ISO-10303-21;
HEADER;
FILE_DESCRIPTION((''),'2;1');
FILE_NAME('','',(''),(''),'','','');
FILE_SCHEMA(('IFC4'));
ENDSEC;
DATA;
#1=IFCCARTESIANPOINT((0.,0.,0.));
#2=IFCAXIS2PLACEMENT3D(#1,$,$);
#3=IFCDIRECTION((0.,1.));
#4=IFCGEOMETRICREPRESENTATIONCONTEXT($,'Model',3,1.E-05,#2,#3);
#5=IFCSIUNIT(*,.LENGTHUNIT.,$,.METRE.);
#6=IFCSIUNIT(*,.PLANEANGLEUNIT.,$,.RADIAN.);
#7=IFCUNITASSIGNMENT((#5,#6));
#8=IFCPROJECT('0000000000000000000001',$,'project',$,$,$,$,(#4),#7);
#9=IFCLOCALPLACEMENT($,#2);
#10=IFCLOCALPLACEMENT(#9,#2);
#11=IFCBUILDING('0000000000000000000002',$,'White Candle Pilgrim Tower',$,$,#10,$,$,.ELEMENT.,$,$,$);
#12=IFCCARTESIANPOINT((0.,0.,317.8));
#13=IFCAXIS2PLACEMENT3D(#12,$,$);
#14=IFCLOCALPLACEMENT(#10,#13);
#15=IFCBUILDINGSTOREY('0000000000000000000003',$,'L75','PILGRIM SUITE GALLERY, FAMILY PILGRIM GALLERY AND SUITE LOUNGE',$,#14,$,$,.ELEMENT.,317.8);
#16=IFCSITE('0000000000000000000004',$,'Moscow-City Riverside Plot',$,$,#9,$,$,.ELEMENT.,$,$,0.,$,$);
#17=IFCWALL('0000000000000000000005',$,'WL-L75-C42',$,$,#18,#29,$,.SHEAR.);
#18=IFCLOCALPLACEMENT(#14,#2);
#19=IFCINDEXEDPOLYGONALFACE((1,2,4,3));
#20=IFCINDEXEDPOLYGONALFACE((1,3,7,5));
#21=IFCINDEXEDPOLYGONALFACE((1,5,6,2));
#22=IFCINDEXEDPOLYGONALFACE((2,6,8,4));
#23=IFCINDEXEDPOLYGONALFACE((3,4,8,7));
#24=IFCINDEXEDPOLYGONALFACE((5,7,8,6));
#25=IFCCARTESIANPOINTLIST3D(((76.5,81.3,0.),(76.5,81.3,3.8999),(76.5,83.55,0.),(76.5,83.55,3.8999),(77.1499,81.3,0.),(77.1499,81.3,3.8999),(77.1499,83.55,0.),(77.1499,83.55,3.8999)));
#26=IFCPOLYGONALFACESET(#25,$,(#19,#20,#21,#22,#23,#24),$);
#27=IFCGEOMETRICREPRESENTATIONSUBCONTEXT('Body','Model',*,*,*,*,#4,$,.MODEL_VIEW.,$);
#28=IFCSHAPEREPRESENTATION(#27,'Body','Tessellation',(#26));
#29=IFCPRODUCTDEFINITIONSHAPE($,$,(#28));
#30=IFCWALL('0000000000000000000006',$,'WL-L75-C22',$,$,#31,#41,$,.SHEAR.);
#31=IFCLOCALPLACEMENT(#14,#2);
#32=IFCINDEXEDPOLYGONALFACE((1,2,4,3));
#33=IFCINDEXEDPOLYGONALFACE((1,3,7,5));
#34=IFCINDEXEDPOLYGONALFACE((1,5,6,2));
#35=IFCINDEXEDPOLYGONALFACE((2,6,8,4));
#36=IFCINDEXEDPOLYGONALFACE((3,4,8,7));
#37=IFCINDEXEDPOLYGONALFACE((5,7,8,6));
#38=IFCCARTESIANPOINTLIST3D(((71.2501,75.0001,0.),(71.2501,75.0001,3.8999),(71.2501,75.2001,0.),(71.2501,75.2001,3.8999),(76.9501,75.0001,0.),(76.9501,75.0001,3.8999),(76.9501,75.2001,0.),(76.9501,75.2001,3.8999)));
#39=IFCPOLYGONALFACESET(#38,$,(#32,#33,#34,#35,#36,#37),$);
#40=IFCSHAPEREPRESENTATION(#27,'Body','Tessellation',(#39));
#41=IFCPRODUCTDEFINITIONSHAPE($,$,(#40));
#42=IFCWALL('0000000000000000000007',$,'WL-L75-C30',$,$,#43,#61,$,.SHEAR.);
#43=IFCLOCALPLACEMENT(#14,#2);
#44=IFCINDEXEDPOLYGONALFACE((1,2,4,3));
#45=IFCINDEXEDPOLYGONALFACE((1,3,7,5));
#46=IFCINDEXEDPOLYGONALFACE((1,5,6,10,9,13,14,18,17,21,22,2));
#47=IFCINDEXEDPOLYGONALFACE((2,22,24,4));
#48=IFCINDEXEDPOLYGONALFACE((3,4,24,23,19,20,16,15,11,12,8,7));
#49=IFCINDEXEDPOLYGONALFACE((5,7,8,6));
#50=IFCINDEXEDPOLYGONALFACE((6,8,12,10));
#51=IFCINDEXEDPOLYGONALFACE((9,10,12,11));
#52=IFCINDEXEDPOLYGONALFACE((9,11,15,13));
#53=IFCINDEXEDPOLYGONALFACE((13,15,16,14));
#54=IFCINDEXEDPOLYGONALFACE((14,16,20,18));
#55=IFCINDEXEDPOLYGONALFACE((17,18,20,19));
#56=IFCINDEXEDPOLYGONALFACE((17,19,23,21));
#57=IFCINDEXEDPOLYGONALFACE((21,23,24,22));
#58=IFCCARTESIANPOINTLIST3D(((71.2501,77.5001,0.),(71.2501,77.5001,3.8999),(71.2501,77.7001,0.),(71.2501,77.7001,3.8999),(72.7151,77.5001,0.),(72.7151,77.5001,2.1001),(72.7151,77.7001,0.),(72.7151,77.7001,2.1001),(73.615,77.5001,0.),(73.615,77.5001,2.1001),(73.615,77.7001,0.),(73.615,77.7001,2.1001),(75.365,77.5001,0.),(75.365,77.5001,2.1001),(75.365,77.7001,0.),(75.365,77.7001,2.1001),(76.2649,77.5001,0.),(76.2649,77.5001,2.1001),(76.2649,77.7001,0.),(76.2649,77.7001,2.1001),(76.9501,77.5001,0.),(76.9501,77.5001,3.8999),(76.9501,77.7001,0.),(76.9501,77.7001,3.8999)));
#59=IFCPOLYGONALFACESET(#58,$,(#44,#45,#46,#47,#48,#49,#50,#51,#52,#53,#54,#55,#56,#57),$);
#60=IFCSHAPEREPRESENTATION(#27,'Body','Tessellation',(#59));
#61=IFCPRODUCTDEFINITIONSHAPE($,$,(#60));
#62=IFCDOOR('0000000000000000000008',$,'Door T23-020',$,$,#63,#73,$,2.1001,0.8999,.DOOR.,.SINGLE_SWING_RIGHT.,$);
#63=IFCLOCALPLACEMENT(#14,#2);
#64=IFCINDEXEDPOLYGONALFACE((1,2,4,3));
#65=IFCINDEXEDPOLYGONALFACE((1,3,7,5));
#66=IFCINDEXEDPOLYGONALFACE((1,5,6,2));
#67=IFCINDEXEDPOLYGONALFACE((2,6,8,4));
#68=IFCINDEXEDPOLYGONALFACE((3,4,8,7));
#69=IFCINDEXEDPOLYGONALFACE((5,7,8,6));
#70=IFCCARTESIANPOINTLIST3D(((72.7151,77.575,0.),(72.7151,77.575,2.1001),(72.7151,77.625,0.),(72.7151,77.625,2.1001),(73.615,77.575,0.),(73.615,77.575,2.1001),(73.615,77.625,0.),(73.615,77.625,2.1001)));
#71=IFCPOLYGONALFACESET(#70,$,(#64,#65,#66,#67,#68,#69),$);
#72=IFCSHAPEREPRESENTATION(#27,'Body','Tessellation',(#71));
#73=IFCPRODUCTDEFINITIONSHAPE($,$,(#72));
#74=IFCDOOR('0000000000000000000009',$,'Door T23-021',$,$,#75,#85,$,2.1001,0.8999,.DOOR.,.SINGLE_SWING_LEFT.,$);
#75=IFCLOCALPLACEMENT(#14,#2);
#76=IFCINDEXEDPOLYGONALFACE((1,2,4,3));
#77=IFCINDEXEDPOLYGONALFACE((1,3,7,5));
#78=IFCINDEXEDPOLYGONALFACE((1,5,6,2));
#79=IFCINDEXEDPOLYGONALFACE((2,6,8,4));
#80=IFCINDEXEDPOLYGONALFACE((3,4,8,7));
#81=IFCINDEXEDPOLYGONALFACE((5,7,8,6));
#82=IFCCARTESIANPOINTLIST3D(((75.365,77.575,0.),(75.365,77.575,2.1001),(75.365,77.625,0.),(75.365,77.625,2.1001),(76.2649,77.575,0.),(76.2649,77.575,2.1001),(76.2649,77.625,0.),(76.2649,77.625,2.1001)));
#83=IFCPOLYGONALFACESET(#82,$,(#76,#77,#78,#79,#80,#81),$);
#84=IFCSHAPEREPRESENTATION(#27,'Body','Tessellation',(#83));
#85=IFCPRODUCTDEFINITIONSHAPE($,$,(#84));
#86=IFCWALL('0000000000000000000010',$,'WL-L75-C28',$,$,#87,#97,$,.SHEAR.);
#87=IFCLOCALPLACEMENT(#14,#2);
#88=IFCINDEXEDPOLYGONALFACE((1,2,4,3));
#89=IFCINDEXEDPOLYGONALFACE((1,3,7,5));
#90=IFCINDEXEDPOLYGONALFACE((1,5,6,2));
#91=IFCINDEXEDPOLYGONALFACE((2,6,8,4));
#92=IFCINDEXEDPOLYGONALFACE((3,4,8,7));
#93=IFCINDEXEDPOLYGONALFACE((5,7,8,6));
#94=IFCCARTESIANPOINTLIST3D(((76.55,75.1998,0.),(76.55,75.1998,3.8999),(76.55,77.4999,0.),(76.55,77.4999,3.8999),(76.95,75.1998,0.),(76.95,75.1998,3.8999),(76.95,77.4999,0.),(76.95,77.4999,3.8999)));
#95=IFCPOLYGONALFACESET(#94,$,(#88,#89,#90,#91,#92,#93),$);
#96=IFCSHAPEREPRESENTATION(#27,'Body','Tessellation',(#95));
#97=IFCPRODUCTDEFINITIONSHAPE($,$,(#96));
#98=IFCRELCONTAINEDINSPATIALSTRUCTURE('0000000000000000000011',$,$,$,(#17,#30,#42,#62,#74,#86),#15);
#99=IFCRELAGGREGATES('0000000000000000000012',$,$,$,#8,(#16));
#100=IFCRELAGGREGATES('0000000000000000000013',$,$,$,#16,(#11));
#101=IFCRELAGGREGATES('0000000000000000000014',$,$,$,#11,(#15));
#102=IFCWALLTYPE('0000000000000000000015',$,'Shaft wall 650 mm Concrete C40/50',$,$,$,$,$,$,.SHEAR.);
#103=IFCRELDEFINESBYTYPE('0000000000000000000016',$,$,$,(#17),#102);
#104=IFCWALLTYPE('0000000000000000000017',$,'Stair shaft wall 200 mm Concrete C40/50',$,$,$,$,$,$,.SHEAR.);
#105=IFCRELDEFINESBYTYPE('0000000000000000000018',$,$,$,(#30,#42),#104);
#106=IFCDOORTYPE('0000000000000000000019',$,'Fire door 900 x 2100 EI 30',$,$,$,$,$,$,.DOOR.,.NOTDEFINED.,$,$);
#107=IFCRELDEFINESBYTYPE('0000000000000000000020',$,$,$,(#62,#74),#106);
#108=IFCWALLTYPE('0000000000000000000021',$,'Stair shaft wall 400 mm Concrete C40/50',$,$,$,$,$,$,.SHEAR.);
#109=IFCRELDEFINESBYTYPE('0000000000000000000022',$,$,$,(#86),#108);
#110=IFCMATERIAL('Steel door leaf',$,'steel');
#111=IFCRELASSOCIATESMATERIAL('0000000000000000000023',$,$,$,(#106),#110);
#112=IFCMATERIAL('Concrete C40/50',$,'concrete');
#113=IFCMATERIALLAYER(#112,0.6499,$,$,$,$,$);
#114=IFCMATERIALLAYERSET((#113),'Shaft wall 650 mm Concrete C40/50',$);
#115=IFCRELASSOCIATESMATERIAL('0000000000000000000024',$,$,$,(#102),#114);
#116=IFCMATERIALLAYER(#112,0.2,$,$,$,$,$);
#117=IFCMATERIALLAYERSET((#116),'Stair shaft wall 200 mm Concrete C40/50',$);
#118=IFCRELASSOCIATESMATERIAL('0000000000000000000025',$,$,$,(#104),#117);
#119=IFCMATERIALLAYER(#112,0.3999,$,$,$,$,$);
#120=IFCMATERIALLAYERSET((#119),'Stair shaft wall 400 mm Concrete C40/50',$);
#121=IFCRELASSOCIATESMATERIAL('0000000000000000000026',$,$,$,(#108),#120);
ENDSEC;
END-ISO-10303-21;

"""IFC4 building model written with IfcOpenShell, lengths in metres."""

from ifc_helpers import new_model, si_unit, direction, frame, frame_2d, origin, place, context, subcontext, project, spatial, rectangle, extrude, material, layer, layer_set, type_object, element, fill, save


model = new_model("IFC4")

# Units and contexts
model_context = context("Model", 3, precision=1e-05, world=origin(), true_north=direction((0.0, 1.0)))
body_context = subcontext(model_context, "Body", "Model", "MODEL_VIEW")
ifc_project = project(units=[si_unit("LENGTHUNIT", "METRE"), si_unit("PLANEANGLEUNIT", "RADIAN")], contexts=[model_context])

# Site, building, storey
site_placement = place(None, origin())
site = spatial("IfcSite", under=ifc_project, at=site_placement, Name="Moscow-City Riverside Plot", CompositionType="ELEMENT", RefElevation=0.0)
building_placement = place(site_placement, origin())
building = spatial("IfcBuilding", under=site, at=building_placement, Name="White Candle Pilgrim Tower", CompositionType="ELEMENT")
storey_placement = place(building_placement, frame((0.0, 0.0, 317.8)))
storey = spatial("IfcBuildingStorey", under=building, at=storey_placement, Name="L75", Description="PILGRIM SUITE GALLERY, FAMILY PILGRIM GALLERY AND SUITE LOUNGE", CompositionType="ELEMENT", Elevation=317.8)

# Shared definitions
ifc_material_1 = material(Name="Concrete C40/50", Category="concrete")

# Shared definitions
ifc_material_2 = material(Name="Steel door leaf", Category="steel")
door_type = type_object("IfcDoorType", Name="Fire door 900 x 2100 EI 30", OperationType="NOTDEFINED", PredefinedType="DOOR", material=ifc_material_2)

# Walls
ifc_layer_1 = layer(ifc_material_1, 0.6499)
ifc_layer_set_1 = layer_set([ifc_layer_1], Name="Shaft wall 650 mm Concrete C40/50")
wall_type_1 = type_object("IfcWallType", Name="Shaft wall 650 mm Concrete C40/50", PredefinedType="SHEAR", material=ifc_layer_set_1)
wall_1_placement = place(storey_placement, frame((76.825, 81.3, 0.0), z_axis=(0.0, 0.0, 1.0), x_axis=(0.0, 1.0, 0.0)))
element("IfcWall", 1, at=wall_1_placement, inside=storey, type_object=wall_type_1, Name="WL-L75-C42", PredefinedType="SHEAR", context=body_context, shape_type="SweptSolid", body=[
    extrude(rectangle(XDim=2.25, YDim=0.6499, at=frame_2d((1.125, 0.0))), origin(), (0.0, 0.0, 1.0), 3.8999),
])
ifc_layer_2 = layer(ifc_material_1, 0.2)
ifc_layer_set_2 = layer_set([ifc_layer_2], Name="Stair shaft wall 200 mm Concrete C40/50")
wall_type_2 = type_object("IfcWallType", Name="Stair shaft wall 200 mm Concrete C40/50", PredefinedType="SHEAR", material=ifc_layer_set_2)
wall_2_placement = place(storey_placement, frame((71.25, 75.1001, 0.0), z_axis=(0.0, 0.0, 1.0), x_axis=(1.0, 0.0, 0.0)))
element("IfcWall", 2, at=wall_2_placement, inside=storey, type_object=wall_type_2, Name="WL-L75-C22", PredefinedType="SHEAR", context=body_context, shape_type="SweptSolid", body=[
    extrude(rectangle(XDim=5.7, YDim=0.2, at=frame_2d((2.8501, 0.0))), origin(), (0.0, 0.0, 1.0), 3.8999),
])

# Wall, openings, doors
wall_3_placement = place(storey_placement, frame((71.25, 77.6001, 0.0), z_axis=(0.0, 0.0, 1.0), x_axis=(1.0, 0.0, 0.0)))
wall_3 = element("IfcWall", 3, at=wall_3_placement, inside=storey, type_object=wall_type_2, Name="WL-L75-C30", PredefinedType="SHEAR", context=body_context, shape_type="SweptSolid", body=[
    extrude(rectangle(XDim=5.7, YDim=0.2, at=frame_2d((2.8501, 0.0))), origin(), (0.0, 0.0, 1.0), 3.8999),
])
opening_1_placement = place(wall_3_placement, frame((1.4651, 0.0, 0.0)))
opening_1 = element("IfcOpeningElement", 4, at=opening_1_placement, cuts=wall_3, PredefinedType="OPENING", context=body_context, shape_type="SweptSolid", body=[
    extrude(rectangle(XDim=0.8999, YDim=2.1001, at=frame_2d((0.45, 1.05))), frame((0.0, 0.1099, 0.0), z_axis=(0.0, -1.0, 0.0), x_axis=(1.0, 0.0, 0.0)), (0.0, 0.0, 1.0), 0.22),
])
opening_2_placement = place(wall_3_placement, frame((4.115, 0.0, 0.0)))
opening_2 = element("IfcOpeningElement", 5, at=opening_2_placement, cuts=wall_3, PredefinedType="OPENING", context=body_context, shape_type="SweptSolid", body=[
    extrude(rectangle(XDim=0.8999, YDim=2.1001, at=frame_2d((0.45, 1.05))), frame((0.0, 0.1099, 0.0), z_axis=(0.0, -1.0, 0.0), x_axis=(1.0, 0.0, 0.0)), (0.0, 0.0, 1.0), 0.22),
])
door_1_placement = place(opening_1_placement, origin())
door_1 = element("IfcDoor", 6, at=door_1_placement, inside=storey, type_object=door_type, Name="Door T23-020", OperationType="SINGLE_SWING_RIGHT", OverallHeight=2.1001, OverallWidth=0.8999, PredefinedType="DOOR", context=body_context, shape_type="SweptSolid", body=[
    extrude(rectangle(XDim=0.8999, YDim=2.1001, at=frame_2d((0.45, 1.05))), frame((0.0, 0.0249, 0.0), z_axis=(0.0, -1.0, 0.0), x_axis=(1.0, 0.0, 0.0)), (0.0, 0.0, 1.0), 0.05),
])
fill(opening_1, door_1)
door_2_placement = place(opening_2_placement, origin())
door_2 = element("IfcDoor", 7, at=door_2_placement, inside=storey, type_object=door_type, Name="Door T23-021", OperationType="SINGLE_SWING_LEFT", OverallHeight=2.1001, OverallWidth=0.8999, PredefinedType="DOOR", context=body_context, shape_type="SweptSolid", body=[
    extrude(rectangle(XDim=0.8999, YDim=2.1001, at=frame_2d((0.45, 1.05))), frame((0.0, 0.0249, 0.0), z_axis=(0.0, -1.0, 0.0), x_axis=(1.0, 0.0, 0.0)), (0.0, 0.0, 1.0), 0.05),
])
fill(opening_2, door_2)

# Wall
ifc_layer_3 = layer(ifc_material_1, 0.3999)
ifc_layer_set_3 = layer_set([ifc_layer_3], Name="Stair shaft wall 400 mm Concrete C40/50")
wall_type_3 = type_object("IfcWallType", Name="Stair shaft wall 400 mm Concrete C40/50", PredefinedType="SHEAR", material=ifc_layer_set_3)
wall_4_placement = place(storey_placement, frame((76.75, 75.2, 0.0), z_axis=(0.0, 0.0, 1.0), x_axis=(0.0, 1.0, 0.0)))
element("IfcWall", 8, at=wall_4_placement, inside=storey, type_object=wall_type_3, Name="WL-L75-C28", PredefinedType="SHEAR", context=body_context, shape_type="SweptSolid", body=[
    extrude(rectangle(XDim=2.3, YDim=0.3999, at=frame_2d((1.1499, 0.0))), origin(), (0.0, 0.0, 1.0), 3.8999),
])

save(model, "model.ifc")
